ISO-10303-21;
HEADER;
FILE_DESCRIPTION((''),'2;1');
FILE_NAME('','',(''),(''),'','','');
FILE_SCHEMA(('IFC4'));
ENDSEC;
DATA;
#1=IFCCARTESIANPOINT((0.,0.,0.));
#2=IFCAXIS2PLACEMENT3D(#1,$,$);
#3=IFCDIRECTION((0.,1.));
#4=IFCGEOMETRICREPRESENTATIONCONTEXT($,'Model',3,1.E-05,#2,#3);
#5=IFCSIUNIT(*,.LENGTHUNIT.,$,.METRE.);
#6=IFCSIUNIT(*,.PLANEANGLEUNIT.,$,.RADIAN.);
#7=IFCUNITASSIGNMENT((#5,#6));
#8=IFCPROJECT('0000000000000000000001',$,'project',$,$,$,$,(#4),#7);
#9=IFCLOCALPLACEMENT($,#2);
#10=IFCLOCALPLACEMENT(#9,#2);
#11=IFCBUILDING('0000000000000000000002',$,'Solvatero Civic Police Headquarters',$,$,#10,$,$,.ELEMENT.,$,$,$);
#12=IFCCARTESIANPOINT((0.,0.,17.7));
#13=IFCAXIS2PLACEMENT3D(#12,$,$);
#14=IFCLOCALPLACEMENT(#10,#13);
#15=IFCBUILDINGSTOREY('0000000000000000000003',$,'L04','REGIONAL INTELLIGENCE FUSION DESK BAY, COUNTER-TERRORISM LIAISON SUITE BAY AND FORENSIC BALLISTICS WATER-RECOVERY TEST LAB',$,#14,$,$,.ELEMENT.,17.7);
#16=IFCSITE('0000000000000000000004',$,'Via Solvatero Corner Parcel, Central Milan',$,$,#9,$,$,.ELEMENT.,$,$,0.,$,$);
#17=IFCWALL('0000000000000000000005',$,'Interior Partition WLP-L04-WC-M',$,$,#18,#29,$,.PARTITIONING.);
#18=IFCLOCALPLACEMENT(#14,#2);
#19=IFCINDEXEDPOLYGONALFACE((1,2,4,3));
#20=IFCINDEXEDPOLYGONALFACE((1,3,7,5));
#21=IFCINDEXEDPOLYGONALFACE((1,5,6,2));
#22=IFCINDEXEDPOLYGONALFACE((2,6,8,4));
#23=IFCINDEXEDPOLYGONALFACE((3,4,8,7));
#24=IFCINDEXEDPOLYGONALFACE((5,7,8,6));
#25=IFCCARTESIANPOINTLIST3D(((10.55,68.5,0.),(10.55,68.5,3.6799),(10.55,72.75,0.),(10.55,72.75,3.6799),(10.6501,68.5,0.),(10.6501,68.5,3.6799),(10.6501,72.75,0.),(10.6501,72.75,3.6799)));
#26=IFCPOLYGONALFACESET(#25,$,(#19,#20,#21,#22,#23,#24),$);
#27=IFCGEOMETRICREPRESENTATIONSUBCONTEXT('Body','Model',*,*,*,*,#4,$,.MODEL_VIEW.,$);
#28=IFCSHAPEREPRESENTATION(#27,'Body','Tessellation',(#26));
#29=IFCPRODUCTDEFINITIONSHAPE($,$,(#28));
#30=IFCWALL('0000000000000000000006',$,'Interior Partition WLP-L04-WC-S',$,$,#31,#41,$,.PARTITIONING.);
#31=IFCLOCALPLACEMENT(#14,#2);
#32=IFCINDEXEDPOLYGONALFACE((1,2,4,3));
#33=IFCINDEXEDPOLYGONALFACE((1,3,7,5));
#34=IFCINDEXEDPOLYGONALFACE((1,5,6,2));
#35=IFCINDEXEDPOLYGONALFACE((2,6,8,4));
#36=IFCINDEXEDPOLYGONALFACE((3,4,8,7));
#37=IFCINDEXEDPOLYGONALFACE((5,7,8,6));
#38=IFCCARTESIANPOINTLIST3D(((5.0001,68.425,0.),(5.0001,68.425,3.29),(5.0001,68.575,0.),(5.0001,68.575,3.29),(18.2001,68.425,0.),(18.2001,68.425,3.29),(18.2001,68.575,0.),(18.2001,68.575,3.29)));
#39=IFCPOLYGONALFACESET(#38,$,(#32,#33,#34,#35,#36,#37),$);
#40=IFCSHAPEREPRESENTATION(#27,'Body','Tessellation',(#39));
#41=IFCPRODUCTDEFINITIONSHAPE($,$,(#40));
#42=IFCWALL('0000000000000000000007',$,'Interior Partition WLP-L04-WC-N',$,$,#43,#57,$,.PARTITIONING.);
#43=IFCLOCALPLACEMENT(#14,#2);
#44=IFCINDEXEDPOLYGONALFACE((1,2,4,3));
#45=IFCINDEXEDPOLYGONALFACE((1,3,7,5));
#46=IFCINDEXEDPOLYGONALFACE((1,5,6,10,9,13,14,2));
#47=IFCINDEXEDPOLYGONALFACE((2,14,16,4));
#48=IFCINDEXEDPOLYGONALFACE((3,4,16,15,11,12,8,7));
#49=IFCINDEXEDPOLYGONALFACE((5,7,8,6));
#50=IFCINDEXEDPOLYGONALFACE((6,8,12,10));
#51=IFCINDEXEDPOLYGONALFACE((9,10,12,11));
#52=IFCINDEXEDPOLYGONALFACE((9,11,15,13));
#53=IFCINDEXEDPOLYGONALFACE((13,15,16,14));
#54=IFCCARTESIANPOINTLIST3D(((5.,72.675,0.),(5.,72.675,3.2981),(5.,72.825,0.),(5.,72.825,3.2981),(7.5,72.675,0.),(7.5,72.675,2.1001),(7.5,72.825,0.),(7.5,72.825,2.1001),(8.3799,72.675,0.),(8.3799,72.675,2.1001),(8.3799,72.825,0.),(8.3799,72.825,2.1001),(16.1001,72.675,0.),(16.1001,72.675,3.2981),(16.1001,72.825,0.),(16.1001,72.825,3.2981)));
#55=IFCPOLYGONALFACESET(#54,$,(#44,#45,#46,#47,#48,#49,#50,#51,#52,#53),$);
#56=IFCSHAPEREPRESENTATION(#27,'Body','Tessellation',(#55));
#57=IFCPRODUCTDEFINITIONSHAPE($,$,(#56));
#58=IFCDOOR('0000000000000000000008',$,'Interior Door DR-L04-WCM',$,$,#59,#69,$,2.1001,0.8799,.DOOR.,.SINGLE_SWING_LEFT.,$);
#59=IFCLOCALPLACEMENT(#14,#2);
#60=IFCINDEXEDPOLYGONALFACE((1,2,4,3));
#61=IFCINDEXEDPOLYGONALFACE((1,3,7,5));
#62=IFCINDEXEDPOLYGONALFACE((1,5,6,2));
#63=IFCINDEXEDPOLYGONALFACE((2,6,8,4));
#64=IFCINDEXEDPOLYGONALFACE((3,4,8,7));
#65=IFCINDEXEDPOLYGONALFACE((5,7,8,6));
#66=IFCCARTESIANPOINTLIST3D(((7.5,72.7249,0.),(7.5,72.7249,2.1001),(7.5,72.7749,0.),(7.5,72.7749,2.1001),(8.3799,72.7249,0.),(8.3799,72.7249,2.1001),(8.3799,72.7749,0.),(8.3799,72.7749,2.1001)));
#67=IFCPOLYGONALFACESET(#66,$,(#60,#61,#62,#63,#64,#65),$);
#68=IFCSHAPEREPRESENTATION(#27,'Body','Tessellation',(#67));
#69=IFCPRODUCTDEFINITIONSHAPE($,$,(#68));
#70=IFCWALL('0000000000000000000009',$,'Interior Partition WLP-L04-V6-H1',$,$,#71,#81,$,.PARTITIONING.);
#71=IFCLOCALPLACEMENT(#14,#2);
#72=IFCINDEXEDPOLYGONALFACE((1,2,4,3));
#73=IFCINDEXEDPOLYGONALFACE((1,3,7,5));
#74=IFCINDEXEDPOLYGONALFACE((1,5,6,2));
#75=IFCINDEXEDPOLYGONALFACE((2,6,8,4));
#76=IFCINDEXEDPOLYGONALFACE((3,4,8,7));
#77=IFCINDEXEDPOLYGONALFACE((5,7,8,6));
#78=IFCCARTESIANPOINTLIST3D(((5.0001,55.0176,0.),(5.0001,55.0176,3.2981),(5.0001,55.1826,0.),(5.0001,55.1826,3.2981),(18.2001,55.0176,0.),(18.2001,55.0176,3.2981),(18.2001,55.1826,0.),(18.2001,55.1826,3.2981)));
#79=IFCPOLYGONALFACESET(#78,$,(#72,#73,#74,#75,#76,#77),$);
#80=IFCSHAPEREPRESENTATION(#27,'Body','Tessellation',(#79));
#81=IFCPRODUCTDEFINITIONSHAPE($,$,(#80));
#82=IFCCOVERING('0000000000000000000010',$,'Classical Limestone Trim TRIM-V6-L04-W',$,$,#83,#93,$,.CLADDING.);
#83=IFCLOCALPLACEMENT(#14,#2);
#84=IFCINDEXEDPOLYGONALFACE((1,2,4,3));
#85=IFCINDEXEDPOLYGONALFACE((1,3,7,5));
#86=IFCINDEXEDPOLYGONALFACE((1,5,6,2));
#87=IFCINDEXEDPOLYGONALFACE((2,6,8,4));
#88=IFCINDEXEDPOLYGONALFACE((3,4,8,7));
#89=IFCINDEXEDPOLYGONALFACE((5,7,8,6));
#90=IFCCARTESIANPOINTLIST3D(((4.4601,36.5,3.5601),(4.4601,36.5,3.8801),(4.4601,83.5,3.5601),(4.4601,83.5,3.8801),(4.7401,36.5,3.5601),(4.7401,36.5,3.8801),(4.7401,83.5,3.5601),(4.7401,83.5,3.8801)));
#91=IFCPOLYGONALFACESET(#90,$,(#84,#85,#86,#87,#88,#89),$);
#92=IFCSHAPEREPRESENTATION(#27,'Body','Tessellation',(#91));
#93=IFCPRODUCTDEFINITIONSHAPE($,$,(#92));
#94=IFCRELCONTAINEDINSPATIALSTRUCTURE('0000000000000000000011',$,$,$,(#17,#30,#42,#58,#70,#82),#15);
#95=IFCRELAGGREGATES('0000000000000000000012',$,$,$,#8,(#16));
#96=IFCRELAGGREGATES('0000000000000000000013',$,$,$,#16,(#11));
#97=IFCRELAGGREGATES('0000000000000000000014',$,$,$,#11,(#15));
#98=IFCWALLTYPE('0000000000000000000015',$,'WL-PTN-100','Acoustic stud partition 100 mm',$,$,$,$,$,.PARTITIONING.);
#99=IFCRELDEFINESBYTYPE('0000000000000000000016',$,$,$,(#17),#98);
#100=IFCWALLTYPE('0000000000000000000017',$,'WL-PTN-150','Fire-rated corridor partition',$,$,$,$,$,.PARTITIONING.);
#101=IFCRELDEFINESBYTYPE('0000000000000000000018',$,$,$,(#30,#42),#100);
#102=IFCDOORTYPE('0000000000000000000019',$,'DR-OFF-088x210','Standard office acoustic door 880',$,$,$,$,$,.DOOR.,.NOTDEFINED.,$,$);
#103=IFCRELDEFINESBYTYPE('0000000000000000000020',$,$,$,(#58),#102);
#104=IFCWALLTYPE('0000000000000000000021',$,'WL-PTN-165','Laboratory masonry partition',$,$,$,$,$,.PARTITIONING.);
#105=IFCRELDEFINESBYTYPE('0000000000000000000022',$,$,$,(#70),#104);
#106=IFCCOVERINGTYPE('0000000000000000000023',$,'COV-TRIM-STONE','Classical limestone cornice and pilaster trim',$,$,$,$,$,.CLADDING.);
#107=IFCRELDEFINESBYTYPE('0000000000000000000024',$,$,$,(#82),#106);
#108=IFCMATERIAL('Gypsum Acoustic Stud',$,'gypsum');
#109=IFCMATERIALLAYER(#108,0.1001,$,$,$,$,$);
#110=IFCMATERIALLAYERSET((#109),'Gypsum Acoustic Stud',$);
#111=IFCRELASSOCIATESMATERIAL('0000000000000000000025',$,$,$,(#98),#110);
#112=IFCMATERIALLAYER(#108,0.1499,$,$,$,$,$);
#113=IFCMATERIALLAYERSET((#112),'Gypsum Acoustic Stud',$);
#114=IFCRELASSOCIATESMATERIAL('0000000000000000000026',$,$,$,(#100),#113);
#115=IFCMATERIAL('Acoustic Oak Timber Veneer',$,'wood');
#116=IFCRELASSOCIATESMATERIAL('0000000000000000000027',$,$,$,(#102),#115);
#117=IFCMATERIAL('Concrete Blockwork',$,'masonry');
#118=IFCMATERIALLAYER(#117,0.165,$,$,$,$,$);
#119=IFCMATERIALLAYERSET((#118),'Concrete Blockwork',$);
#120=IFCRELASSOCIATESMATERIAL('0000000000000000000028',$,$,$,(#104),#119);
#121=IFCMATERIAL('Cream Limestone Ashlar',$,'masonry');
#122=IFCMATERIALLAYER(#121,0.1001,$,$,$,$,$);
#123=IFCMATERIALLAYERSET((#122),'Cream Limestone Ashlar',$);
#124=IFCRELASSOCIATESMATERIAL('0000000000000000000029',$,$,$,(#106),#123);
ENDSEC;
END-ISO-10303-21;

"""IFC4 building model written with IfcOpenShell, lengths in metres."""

from ifc_helpers import new_model, si_unit, direction, frame, frame_2d, origin, origin_2d, place, context, subcontext, project, spatial, rectangle, extrude, material, layer, layer_set, type_object, element, fill, save


model = new_model("IFC4")

# Units and contexts
model_context = context("Model", 3, precision=1e-05, world=origin(), true_north=direction((0.0, 1.0)))
body_context = subcontext(model_context, "Body", "Model", "MODEL_VIEW")
ifc_project = project(units=[si_unit("LENGTHUNIT", "METRE"), si_unit("PLANEANGLEUNIT", "RADIAN")], contexts=[model_context])

# Site, building, storey
site_placement = place(None, origin())
site = spatial("IfcSite", under=ifc_project, at=site_placement, Name="Via Solvatero Corner Parcel, Central Milan", CompositionType="ELEMENT", RefElevation=0.0)
building_placement = place(site_placement, origin())
building = spatial("IfcBuilding", under=site, at=building_placement, Name="Solvatero Civic Police Headquarters", CompositionType="ELEMENT")
storey_placement = place(building_placement, frame((0.0, 0.0, 17.7)))
storey = spatial("IfcBuildingStorey", under=building, at=storey_placement, Name="L04", Description="REGIONAL INTELLIGENCE FUSION DESK BAY, COUNTER-TERRORISM LIAISON SUITE BAY AND FORENSIC BALLISTICS WATER-RECOVERY TEST LAB", CompositionType="ELEMENT", Elevation=17.7)

# Walls
ifc_material_1 = material(Name="Gypsum Acoustic Stud", Category="gypsum")
ifc_layer_1 = layer(ifc_material_1, 0.1001)
ifc_layer_set_1 = layer_set([ifc_layer_1], Name="Gypsum Acoustic Stud")
wall_type_1 = type_object("IfcWallType", Name="WL-PTN-100", Description="Acoustic stud partition 100 mm", PredefinedType="PARTITIONING", material=ifc_layer_set_1)
wall_1_placement = place(storey_placement, frame((10.6001, 68.5, 0.0), z_axis=(0.0, 0.0, 1.0), x_axis=(0.0, 1.0, 0.0)))
element("IfcWall", 1, at=wall_1_placement, inside=storey, type_object=wall_type_1, Name="Interior Partition WLP-L04-WC-M", PredefinedType="PARTITIONING", context=body_context, shape_type="SweptSolid", body=[
    extrude(rectangle(XDim=4.25, YDim=0.1001, at=frame_2d((2.125, 0.0))), origin(), (0.0, 0.0, 1.0), 3.6799),
])
ifc_layer_2 = layer(ifc_material_1, 0.1499)
ifc_layer_set_2 = layer_set([ifc_layer_2], Name="Gypsum Acoustic Stud")
wall_type_2 = type_object("IfcWallType", Name="WL-PTN-150", Description="Fire-rated corridor partition", PredefinedType="PARTITIONING", material=ifc_layer_set_2)
wall_2_placement = place(storey_placement, frame((5.0, 68.5, 0.0), z_axis=(0.0, 0.0, 1.0), x_axis=(1.0, 0.0, 0.0)))
element("IfcWall", 2, at=wall_2_placement, inside=storey, type_object=wall_type_2, Name="Interior Partition WLP-L04-WC-S", PredefinedType="PARTITIONING", context=body_context, shape_type="SweptSolid", body=[
    extrude(rectangle(XDim=13.2, YDim=0.1499, at=frame_2d((6.6001, 0.0))), origin(), (0.0, 0.0, 1.0), 3.29),
])

# Wall, opening, door
wall_3_placement = place(storey_placement, frame((5.0, 72.75, 0.0), z_axis=(0.0, 0.0, 1.0), x_axis=(1.0, 0.0, 0.0)))
wall_3 = element("IfcWall", 3, at=wall_3_placement, inside=storey, type_object=wall_type_2, Name="Interior Partition WLP-L04-WC-N", PredefinedType="PARTITIONING", context=body_context, shape_type="SweptSolid", body=[
    extrude(rectangle(XDim=11.1001, YDim=0.1499, at=frame_2d((5.55, 0.0))), origin(), (0.0, 0.0, 1.0), 3.2981),
])
opening_placement = place(wall_3_placement, frame((2.5, 0.0, 0.0)))
opening = element("IfcOpeningElement", 4, at=opening_placement, cuts=wall_3, PredefinedType="OPENING", context=body_context, shape_type="SweptSolid", body=[
    extrude(rectangle(XDim=0.8799, YDim=2.1001, at=frame_2d((0.4399, 1.05))), frame((0.0, 0.085, 0.0), z_axis=(0.0, -1.0, 0.0), x_axis=(1.0, 0.0, 0.0)), (0.0, 0.0, 1.0), 0.1699),
])
ifc_material_2 = material(Name="Acoustic Oak Timber Veneer", Category="wood")
door_type = type_object("IfcDoorType", Name="DR-OFF-088x210", Description="Standard office acoustic door 880", OperationType="NOTDEFINED", PredefinedType="DOOR", material=ifc_material_2)
door_placement = place(opening_placement, origin())
door = element("IfcDoor", 5, at=door_placement, inside=storey, type_object=door_type, Name="Interior Door DR-L04-WCM", OperationType="SINGLE_SWING_LEFT", OverallHeight=2.1001, OverallWidth=0.8799, PredefinedType="DOOR", context=body_context, shape_type="SweptSolid", body=[
    extrude(rectangle(XDim=0.8799, YDim=2.1001, at=frame_2d((0.4399, 1.05))), frame((0.0, 0.0249, 0.0), z_axis=(0.0, -1.0, 0.0), x_axis=(1.0, 0.0, 0.0)), (0.0, 0.0, 1.0), 0.05),
])
fill(opening, door)

# Wall
ifc_material_3 = material(Name="Concrete Blockwork", Category="masonry")
ifc_layer_3 = layer(ifc_material_3, 0.165)
ifc_layer_set_3 = layer_set([ifc_layer_3], Name="Concrete Blockwork")
wall_type_3 = type_object("IfcWallType", Name="WL-PTN-165", Description="Laboratory masonry partition", PredefinedType="PARTITIONING", material=ifc_layer_set_3)
wall_4_placement = place(storey_placement, frame((5.0, 55.1001, 0.0), z_axis=(0.0, 0.0, 1.0), x_axis=(1.0, 0.0, 0.0)))
element("IfcWall", 6, at=wall_4_placement, inside=storey, type_object=wall_type_3, Name="Interior Partition WLP-L04-V6-H1", PredefinedType="PARTITIONING", context=body_context, shape_type="SweptSolid", body=[
    extrude(rectangle(XDim=13.2, YDim=0.165, at=frame_2d((6.6001, 0.0))), origin(), (0.0, 0.0, 1.0), 3.2981),
])

# Covering
ifc_material_4 = material(Name="Cream Limestone Ashlar", Category="masonry")
ifc_layer_4 = layer(ifc_material_4, 0.1001)
ifc_layer_set_4 = layer_set([ifc_layer_4], Name="Cream Limestone Ashlar")
covering_type = type_object("IfcCoveringType", Name="COV-TRIM-STONE", Description="Classical limestone cornice and pilaster trim", PredefinedType="CLADDING", material=ifc_layer_set_4)
covering_placement = place(storey_placement, frame((4.6001, 60.0, 3.5601), z_axis=(0.0, 0.0, 1.0), x_axis=(1.0, 0.0, 0.0)))
element("IfcCovering", 7, at=covering_placement, inside=storey, type_object=covering_type, Name="Classical Limestone Trim TRIM-V6-L04-W", PredefinedType="CLADDING", context=body_context, shape_type="SweptSolid", body=[
    extrude(rectangle(XDim=0.28, YDim=47.0, at=origin_2d()), origin(), (0.0, 0.0, 1.0), 0.3201),
])

save(model, "model.ifc")
